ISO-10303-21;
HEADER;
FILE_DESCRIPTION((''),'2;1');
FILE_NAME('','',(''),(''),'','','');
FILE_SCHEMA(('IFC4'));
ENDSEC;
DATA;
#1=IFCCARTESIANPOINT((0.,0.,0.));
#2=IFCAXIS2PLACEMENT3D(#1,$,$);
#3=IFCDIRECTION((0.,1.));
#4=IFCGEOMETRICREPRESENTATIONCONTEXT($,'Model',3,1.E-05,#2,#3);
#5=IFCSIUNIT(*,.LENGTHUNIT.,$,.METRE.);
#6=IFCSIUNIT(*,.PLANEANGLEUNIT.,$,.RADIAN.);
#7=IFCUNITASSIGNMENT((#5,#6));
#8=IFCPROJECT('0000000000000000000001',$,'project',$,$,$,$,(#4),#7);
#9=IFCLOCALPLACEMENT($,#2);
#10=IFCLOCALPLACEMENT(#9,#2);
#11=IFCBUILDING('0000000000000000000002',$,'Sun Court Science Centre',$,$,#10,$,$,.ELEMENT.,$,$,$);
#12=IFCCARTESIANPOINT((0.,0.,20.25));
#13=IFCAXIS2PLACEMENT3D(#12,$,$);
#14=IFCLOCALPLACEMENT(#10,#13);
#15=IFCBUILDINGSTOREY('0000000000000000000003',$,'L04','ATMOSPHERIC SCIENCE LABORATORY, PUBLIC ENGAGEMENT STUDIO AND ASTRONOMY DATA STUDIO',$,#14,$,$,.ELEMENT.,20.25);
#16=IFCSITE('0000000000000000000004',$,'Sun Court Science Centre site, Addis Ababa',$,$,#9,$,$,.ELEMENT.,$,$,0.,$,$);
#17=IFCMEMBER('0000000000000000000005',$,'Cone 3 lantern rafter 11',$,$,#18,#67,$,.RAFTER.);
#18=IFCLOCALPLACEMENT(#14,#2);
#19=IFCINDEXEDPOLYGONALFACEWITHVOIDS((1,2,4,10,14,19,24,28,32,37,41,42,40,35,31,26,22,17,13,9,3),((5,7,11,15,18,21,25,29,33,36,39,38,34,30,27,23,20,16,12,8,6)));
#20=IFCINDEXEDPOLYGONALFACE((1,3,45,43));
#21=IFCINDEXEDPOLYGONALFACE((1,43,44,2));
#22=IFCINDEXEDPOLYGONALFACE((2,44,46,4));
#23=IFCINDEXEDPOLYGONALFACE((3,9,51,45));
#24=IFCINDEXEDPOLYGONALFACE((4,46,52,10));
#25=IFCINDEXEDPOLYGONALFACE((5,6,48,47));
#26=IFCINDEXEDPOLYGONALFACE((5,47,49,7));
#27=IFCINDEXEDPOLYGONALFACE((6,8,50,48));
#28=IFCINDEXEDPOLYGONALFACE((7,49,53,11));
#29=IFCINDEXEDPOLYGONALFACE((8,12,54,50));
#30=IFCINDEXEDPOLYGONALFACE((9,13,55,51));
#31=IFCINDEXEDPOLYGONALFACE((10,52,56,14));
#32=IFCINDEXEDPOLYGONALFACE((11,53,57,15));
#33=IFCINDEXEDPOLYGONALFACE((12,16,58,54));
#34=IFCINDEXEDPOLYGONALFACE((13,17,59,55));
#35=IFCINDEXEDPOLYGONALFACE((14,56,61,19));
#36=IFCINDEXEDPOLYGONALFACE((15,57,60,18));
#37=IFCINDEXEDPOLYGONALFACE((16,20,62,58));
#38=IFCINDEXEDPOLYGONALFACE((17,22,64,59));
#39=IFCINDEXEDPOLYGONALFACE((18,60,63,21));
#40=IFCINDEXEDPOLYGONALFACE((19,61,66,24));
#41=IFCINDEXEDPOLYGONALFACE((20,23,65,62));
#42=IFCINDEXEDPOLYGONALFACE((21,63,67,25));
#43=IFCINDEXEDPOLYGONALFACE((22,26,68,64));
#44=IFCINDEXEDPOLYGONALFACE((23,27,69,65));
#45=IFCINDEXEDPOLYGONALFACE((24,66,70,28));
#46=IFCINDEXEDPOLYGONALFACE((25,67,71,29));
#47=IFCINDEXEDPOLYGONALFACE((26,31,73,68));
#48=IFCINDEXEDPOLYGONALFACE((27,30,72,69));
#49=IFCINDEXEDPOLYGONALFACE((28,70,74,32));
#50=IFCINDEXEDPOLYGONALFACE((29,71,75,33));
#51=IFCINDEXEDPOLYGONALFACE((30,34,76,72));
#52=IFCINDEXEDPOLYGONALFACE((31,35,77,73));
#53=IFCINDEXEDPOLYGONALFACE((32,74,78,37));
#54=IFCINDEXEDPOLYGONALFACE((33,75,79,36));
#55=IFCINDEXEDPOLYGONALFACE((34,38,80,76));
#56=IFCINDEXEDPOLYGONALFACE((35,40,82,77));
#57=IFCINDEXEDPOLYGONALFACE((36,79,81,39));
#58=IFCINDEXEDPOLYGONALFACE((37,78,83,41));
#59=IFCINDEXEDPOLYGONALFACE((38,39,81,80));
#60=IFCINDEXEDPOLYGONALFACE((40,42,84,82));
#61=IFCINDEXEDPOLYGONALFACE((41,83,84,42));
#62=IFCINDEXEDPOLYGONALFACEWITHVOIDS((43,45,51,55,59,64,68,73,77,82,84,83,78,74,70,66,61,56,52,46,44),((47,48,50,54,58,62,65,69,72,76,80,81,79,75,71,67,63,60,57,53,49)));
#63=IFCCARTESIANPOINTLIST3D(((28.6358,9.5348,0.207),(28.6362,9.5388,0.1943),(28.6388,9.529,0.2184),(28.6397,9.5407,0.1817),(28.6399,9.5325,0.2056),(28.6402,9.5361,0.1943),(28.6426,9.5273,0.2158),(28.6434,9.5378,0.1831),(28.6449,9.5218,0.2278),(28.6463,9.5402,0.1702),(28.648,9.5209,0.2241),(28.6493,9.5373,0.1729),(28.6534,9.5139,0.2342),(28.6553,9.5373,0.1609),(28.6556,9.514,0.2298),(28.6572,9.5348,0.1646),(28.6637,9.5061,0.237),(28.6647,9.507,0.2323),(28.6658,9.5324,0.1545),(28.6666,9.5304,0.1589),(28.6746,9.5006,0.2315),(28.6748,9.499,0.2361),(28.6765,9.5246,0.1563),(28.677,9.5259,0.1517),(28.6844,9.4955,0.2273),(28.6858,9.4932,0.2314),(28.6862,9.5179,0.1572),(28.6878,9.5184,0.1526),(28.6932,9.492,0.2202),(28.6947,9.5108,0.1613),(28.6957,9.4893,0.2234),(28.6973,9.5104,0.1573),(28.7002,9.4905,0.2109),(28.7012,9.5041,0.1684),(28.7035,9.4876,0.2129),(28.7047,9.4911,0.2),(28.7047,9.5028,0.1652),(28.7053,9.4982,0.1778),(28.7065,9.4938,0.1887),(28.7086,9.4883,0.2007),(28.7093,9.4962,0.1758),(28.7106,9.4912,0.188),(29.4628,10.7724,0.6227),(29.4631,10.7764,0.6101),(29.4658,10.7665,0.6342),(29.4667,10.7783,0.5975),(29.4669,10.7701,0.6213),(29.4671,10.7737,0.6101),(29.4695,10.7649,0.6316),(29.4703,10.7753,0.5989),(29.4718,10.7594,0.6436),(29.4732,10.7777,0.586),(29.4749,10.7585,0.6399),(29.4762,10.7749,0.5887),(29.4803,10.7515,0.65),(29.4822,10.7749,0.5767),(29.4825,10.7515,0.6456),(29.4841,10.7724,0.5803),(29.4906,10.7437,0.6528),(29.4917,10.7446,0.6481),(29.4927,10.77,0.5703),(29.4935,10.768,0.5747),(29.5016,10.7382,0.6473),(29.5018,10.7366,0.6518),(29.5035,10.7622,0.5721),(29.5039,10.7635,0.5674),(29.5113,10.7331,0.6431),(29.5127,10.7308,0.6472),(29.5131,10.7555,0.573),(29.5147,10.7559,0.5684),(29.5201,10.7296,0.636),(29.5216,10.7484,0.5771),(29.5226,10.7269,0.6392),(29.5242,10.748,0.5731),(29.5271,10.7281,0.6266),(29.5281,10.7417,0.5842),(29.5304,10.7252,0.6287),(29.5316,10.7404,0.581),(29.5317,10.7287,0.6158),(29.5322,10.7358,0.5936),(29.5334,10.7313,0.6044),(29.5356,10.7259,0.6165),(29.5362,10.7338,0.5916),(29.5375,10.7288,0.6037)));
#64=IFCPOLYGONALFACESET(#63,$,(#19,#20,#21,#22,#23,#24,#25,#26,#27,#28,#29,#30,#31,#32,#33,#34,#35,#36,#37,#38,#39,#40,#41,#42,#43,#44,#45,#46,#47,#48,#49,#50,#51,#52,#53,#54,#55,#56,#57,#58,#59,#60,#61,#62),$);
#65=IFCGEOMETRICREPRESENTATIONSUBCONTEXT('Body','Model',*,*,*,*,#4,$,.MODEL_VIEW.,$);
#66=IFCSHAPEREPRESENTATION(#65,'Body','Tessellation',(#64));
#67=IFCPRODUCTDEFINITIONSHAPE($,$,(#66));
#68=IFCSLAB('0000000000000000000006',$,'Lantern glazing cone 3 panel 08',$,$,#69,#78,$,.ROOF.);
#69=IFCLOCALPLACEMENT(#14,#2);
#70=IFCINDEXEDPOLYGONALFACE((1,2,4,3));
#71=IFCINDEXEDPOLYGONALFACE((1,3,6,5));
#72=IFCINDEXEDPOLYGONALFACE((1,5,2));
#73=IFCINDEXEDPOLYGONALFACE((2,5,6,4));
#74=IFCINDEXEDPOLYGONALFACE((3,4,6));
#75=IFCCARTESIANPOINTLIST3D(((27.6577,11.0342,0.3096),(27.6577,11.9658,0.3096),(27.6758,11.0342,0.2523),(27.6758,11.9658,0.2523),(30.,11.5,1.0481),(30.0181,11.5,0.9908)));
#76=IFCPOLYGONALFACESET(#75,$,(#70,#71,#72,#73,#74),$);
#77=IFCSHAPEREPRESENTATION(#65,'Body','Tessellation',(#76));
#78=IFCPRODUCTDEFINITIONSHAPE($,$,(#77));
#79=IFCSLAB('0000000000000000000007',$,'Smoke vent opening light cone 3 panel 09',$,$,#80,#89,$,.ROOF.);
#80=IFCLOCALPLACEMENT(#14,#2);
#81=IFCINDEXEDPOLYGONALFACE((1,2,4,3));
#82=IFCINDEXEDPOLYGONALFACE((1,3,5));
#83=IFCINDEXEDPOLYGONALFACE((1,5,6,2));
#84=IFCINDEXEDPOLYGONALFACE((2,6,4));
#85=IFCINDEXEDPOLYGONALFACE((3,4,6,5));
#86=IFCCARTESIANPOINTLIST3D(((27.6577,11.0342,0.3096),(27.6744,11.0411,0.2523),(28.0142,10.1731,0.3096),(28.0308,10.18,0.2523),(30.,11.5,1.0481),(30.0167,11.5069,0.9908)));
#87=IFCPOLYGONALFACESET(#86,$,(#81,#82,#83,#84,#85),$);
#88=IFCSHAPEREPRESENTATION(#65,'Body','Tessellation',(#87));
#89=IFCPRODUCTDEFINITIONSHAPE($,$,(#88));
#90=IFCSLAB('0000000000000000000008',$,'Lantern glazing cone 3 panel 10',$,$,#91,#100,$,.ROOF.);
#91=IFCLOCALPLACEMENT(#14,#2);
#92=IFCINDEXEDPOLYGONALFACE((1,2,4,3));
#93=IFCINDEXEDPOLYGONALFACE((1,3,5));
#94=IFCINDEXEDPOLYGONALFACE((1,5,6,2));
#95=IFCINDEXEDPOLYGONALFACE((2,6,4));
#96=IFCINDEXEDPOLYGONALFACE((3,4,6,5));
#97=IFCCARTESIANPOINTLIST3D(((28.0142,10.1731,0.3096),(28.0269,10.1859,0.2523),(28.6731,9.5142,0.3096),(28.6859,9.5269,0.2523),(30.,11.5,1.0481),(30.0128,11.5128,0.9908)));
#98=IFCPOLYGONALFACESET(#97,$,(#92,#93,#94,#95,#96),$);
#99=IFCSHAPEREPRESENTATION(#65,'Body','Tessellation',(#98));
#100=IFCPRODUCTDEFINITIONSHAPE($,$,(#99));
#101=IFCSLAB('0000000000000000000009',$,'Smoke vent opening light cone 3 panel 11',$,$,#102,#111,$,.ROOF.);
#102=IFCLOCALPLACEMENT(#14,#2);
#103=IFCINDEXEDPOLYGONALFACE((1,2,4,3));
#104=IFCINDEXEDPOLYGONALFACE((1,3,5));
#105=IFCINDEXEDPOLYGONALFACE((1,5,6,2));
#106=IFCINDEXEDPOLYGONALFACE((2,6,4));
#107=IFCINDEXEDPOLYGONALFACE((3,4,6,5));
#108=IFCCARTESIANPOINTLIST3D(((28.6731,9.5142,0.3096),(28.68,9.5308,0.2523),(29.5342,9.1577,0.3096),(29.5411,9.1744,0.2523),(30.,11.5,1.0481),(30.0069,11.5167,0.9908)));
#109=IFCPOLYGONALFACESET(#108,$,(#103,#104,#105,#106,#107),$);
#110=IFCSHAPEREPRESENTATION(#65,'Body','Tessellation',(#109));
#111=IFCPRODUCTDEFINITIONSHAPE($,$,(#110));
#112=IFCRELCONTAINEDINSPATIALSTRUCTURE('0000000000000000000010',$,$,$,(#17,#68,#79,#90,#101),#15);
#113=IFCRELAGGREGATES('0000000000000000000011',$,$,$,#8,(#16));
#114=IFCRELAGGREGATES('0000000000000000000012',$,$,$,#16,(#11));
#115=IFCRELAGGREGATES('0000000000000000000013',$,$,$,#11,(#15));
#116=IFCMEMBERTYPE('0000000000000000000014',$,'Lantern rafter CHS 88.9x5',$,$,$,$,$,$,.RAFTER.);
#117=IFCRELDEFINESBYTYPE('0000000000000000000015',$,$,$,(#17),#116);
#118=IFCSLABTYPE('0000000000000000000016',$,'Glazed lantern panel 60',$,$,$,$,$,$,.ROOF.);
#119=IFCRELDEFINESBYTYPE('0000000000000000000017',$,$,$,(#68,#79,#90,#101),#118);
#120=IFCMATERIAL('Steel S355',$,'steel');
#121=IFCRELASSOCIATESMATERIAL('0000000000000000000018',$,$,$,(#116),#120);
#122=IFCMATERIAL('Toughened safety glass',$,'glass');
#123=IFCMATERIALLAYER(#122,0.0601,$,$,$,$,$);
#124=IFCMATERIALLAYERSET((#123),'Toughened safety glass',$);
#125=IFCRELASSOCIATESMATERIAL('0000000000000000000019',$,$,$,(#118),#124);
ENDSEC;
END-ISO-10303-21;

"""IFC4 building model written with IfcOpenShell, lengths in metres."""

from ifc_helpers import new_model, si_unit, direction, frame, origin, origin_2d, place, context, subcontext, project, spatial, polyline, hollow_circle, outline, extrude, material, layer, layer_set, material_profile, profile_set, type_object, element, save


model = new_model("IFC4")

# Units and contexts
model_context = context("Model", 3, precision=1e-05, world=origin(), true_north=direction((0.0, 1.0)))
body_context = subcontext(model_context, "Body", "Model", "MODEL_VIEW")
ifc_project = project(units=[si_unit("LENGTHUNIT", "METRE"), si_unit("PLANEANGLEUNIT", "RADIAN")], contexts=[model_context])

# Site, building, storey
site_placement = place(None, origin())
site = spatial("IfcSite", under=ifc_project, at=site_placement, Name="Sun Court Science Centre site, Addis Ababa", CompositionType="ELEMENT", RefElevation=0.0)
building_placement = place(site_placement, origin())
building = spatial("IfcBuilding", under=site, at=building_placement, Name="Sun Court Science Centre", CompositionType="ELEMENT")
storey_placement = place(building_placement, frame((0.0, 0.0, 20.25)))
storey = spatial("IfcBuildingStorey", under=building, at=storey_placement, Name="L04", Description="ATMOSPHERIC SCIENCE LABORATORY, PUBLIC ENGAGEMENT STUDIO AND ASTRONOMY DATA STUDIO", CompositionType="ELEMENT", Elevation=20.25)

# Member
ifc_material_1 = material(Name="Steel S355", Category="steel")
ifc_material_profile_1 = material_profile(ifc_material_1, hollow_circle(Radius=0.0444, WallThickness=0.0049, at=origin_2d()), Name="CHS 88.9x5")
ifc_profile_set_1 = profile_set([ifc_material_profile_1], Name="Steel S355")
member_type_1 = type_object("IfcMemberType", Name="Lantern rafter CHS 88.9x5", PredefinedType="RAFTER", material=ifc_profile_set_1)
for number, where, z_axis, x_axis, name in (
    (1, (28.6731, 9.5142, 0.1943), (0.535086, 0.800811, 0.269044), (-0.831469, 0.555571, 0.0), "Cone 3 lantern rafter 11"),
):
    element("IfcMember", number, at=place(storey_placement, frame(where, z_axis=z_axis, x_axis=x_axis)), inside=storey, type_object=member_type_1, Name=name, PredefinedType="RAFTER", context=body_context, shape_type="SweptSolid", body=[
        extrude(hollow_circle(Radius=0.0444, WallThickness=0.0049, at=origin_2d()), origin(), (0.0, 0.0, 1.0), 1.5454),
    ])

# Slabs
ifc_material_2 = material(Name="Toughened safety glass", Category="glass")
ifc_layer_1 = layer(ifc_material_2, 0.0601)
ifc_layer_set_1 = layer_set([ifc_layer_1], Name="Toughened safety glass")
slab_type = type_object("IfcSlabType", Name="Glazed lantern panel 60", PredefinedType="ROOF", material=ifc_layer_set_1)
slab_1_placement = place(storey_placement, frame((27.6577, 11.9658, 0.3096), z_axis=(-0.300708, 0.0, 0.953716), x_axis=(0.0, -1.0, 0.0)))
element("IfcSlab", 2, at=slab_1_placement, inside=storey, type_object=slab_type, Name="Lantern glazing cone 3 panel 08", PredefinedType="ROOF", context=body_context, shape_type="SweptSolid", body=[
    extrude(outline(polyline([(0.0, 0.0), (0.9316, 0.0), (0.4658, 2.456), (0.0, 0.0)])), origin(), (0.0, 0.0, -1.0), 0.0601),
])
slab_2_placement = place(storey_placement, frame((27.6577, 11.0342, 0.3096), z_axis=(-0.277836, -0.11501, 0.953719), x_axis=(0.382475, -0.923966, 0.0)))
element("IfcSlab", 3, at=slab_2_placement, inside=storey, type_object=slab_type, Name="Smoke vent opening light cone 3 panel 09", PredefinedType="ROOF", context=body_context, shape_type="SweptSolid", body=[
    extrude(outline(polyline([(0.0, 0.0), (0.9319, 0.0), (0.4655, 2.456), (0.0, 0.0)])), origin(), (0.0, 0.0, -1.0), 0.0601),
])
slab_3_placement = place(storey_placement, frame((28.0142, 10.1731, 0.3096), z_axis=(-0.212618, -0.212618, 0.953723), x_axis=(0.707107, -0.707107, 0.0)))
element("IfcSlab", 4, at=slab_3_placement, inside=storey, type_object=slab_type, Name="Lantern glazing cone 3 panel 10", PredefinedType="ROOF", context=body_context, shape_type="SweptSolid", body=[
    extrude(outline(polyline([(0.0, 0.0), (0.9319, 0.0), (0.4659, 2.4561), (0.0, 0.0)])), origin(), (0.0, 0.0, -1.0), 0.0601),
])
slab_4_placement = place(storey_placement, frame((28.6731, 9.5142, 0.3096), z_axis=(-0.11501, -0.277836, 0.953719), x_axis=(0.923966, -0.382475, 0.0)))
element("IfcSlab", 5, at=slab_4_placement, inside=storey, type_object=slab_type, Name="Smoke vent opening light cone 3 panel 11", PredefinedType="ROOF", context=body_context, shape_type="SweptSolid", body=[
    extrude(outline(polyline([(0.0, 0.0), (0.9319, 0.0), (0.4665, 2.456), (0.0, 0.0)])), origin(), (0.0, 0.0, -1.0), 0.0601),
])

save(model, "model.ifc")
